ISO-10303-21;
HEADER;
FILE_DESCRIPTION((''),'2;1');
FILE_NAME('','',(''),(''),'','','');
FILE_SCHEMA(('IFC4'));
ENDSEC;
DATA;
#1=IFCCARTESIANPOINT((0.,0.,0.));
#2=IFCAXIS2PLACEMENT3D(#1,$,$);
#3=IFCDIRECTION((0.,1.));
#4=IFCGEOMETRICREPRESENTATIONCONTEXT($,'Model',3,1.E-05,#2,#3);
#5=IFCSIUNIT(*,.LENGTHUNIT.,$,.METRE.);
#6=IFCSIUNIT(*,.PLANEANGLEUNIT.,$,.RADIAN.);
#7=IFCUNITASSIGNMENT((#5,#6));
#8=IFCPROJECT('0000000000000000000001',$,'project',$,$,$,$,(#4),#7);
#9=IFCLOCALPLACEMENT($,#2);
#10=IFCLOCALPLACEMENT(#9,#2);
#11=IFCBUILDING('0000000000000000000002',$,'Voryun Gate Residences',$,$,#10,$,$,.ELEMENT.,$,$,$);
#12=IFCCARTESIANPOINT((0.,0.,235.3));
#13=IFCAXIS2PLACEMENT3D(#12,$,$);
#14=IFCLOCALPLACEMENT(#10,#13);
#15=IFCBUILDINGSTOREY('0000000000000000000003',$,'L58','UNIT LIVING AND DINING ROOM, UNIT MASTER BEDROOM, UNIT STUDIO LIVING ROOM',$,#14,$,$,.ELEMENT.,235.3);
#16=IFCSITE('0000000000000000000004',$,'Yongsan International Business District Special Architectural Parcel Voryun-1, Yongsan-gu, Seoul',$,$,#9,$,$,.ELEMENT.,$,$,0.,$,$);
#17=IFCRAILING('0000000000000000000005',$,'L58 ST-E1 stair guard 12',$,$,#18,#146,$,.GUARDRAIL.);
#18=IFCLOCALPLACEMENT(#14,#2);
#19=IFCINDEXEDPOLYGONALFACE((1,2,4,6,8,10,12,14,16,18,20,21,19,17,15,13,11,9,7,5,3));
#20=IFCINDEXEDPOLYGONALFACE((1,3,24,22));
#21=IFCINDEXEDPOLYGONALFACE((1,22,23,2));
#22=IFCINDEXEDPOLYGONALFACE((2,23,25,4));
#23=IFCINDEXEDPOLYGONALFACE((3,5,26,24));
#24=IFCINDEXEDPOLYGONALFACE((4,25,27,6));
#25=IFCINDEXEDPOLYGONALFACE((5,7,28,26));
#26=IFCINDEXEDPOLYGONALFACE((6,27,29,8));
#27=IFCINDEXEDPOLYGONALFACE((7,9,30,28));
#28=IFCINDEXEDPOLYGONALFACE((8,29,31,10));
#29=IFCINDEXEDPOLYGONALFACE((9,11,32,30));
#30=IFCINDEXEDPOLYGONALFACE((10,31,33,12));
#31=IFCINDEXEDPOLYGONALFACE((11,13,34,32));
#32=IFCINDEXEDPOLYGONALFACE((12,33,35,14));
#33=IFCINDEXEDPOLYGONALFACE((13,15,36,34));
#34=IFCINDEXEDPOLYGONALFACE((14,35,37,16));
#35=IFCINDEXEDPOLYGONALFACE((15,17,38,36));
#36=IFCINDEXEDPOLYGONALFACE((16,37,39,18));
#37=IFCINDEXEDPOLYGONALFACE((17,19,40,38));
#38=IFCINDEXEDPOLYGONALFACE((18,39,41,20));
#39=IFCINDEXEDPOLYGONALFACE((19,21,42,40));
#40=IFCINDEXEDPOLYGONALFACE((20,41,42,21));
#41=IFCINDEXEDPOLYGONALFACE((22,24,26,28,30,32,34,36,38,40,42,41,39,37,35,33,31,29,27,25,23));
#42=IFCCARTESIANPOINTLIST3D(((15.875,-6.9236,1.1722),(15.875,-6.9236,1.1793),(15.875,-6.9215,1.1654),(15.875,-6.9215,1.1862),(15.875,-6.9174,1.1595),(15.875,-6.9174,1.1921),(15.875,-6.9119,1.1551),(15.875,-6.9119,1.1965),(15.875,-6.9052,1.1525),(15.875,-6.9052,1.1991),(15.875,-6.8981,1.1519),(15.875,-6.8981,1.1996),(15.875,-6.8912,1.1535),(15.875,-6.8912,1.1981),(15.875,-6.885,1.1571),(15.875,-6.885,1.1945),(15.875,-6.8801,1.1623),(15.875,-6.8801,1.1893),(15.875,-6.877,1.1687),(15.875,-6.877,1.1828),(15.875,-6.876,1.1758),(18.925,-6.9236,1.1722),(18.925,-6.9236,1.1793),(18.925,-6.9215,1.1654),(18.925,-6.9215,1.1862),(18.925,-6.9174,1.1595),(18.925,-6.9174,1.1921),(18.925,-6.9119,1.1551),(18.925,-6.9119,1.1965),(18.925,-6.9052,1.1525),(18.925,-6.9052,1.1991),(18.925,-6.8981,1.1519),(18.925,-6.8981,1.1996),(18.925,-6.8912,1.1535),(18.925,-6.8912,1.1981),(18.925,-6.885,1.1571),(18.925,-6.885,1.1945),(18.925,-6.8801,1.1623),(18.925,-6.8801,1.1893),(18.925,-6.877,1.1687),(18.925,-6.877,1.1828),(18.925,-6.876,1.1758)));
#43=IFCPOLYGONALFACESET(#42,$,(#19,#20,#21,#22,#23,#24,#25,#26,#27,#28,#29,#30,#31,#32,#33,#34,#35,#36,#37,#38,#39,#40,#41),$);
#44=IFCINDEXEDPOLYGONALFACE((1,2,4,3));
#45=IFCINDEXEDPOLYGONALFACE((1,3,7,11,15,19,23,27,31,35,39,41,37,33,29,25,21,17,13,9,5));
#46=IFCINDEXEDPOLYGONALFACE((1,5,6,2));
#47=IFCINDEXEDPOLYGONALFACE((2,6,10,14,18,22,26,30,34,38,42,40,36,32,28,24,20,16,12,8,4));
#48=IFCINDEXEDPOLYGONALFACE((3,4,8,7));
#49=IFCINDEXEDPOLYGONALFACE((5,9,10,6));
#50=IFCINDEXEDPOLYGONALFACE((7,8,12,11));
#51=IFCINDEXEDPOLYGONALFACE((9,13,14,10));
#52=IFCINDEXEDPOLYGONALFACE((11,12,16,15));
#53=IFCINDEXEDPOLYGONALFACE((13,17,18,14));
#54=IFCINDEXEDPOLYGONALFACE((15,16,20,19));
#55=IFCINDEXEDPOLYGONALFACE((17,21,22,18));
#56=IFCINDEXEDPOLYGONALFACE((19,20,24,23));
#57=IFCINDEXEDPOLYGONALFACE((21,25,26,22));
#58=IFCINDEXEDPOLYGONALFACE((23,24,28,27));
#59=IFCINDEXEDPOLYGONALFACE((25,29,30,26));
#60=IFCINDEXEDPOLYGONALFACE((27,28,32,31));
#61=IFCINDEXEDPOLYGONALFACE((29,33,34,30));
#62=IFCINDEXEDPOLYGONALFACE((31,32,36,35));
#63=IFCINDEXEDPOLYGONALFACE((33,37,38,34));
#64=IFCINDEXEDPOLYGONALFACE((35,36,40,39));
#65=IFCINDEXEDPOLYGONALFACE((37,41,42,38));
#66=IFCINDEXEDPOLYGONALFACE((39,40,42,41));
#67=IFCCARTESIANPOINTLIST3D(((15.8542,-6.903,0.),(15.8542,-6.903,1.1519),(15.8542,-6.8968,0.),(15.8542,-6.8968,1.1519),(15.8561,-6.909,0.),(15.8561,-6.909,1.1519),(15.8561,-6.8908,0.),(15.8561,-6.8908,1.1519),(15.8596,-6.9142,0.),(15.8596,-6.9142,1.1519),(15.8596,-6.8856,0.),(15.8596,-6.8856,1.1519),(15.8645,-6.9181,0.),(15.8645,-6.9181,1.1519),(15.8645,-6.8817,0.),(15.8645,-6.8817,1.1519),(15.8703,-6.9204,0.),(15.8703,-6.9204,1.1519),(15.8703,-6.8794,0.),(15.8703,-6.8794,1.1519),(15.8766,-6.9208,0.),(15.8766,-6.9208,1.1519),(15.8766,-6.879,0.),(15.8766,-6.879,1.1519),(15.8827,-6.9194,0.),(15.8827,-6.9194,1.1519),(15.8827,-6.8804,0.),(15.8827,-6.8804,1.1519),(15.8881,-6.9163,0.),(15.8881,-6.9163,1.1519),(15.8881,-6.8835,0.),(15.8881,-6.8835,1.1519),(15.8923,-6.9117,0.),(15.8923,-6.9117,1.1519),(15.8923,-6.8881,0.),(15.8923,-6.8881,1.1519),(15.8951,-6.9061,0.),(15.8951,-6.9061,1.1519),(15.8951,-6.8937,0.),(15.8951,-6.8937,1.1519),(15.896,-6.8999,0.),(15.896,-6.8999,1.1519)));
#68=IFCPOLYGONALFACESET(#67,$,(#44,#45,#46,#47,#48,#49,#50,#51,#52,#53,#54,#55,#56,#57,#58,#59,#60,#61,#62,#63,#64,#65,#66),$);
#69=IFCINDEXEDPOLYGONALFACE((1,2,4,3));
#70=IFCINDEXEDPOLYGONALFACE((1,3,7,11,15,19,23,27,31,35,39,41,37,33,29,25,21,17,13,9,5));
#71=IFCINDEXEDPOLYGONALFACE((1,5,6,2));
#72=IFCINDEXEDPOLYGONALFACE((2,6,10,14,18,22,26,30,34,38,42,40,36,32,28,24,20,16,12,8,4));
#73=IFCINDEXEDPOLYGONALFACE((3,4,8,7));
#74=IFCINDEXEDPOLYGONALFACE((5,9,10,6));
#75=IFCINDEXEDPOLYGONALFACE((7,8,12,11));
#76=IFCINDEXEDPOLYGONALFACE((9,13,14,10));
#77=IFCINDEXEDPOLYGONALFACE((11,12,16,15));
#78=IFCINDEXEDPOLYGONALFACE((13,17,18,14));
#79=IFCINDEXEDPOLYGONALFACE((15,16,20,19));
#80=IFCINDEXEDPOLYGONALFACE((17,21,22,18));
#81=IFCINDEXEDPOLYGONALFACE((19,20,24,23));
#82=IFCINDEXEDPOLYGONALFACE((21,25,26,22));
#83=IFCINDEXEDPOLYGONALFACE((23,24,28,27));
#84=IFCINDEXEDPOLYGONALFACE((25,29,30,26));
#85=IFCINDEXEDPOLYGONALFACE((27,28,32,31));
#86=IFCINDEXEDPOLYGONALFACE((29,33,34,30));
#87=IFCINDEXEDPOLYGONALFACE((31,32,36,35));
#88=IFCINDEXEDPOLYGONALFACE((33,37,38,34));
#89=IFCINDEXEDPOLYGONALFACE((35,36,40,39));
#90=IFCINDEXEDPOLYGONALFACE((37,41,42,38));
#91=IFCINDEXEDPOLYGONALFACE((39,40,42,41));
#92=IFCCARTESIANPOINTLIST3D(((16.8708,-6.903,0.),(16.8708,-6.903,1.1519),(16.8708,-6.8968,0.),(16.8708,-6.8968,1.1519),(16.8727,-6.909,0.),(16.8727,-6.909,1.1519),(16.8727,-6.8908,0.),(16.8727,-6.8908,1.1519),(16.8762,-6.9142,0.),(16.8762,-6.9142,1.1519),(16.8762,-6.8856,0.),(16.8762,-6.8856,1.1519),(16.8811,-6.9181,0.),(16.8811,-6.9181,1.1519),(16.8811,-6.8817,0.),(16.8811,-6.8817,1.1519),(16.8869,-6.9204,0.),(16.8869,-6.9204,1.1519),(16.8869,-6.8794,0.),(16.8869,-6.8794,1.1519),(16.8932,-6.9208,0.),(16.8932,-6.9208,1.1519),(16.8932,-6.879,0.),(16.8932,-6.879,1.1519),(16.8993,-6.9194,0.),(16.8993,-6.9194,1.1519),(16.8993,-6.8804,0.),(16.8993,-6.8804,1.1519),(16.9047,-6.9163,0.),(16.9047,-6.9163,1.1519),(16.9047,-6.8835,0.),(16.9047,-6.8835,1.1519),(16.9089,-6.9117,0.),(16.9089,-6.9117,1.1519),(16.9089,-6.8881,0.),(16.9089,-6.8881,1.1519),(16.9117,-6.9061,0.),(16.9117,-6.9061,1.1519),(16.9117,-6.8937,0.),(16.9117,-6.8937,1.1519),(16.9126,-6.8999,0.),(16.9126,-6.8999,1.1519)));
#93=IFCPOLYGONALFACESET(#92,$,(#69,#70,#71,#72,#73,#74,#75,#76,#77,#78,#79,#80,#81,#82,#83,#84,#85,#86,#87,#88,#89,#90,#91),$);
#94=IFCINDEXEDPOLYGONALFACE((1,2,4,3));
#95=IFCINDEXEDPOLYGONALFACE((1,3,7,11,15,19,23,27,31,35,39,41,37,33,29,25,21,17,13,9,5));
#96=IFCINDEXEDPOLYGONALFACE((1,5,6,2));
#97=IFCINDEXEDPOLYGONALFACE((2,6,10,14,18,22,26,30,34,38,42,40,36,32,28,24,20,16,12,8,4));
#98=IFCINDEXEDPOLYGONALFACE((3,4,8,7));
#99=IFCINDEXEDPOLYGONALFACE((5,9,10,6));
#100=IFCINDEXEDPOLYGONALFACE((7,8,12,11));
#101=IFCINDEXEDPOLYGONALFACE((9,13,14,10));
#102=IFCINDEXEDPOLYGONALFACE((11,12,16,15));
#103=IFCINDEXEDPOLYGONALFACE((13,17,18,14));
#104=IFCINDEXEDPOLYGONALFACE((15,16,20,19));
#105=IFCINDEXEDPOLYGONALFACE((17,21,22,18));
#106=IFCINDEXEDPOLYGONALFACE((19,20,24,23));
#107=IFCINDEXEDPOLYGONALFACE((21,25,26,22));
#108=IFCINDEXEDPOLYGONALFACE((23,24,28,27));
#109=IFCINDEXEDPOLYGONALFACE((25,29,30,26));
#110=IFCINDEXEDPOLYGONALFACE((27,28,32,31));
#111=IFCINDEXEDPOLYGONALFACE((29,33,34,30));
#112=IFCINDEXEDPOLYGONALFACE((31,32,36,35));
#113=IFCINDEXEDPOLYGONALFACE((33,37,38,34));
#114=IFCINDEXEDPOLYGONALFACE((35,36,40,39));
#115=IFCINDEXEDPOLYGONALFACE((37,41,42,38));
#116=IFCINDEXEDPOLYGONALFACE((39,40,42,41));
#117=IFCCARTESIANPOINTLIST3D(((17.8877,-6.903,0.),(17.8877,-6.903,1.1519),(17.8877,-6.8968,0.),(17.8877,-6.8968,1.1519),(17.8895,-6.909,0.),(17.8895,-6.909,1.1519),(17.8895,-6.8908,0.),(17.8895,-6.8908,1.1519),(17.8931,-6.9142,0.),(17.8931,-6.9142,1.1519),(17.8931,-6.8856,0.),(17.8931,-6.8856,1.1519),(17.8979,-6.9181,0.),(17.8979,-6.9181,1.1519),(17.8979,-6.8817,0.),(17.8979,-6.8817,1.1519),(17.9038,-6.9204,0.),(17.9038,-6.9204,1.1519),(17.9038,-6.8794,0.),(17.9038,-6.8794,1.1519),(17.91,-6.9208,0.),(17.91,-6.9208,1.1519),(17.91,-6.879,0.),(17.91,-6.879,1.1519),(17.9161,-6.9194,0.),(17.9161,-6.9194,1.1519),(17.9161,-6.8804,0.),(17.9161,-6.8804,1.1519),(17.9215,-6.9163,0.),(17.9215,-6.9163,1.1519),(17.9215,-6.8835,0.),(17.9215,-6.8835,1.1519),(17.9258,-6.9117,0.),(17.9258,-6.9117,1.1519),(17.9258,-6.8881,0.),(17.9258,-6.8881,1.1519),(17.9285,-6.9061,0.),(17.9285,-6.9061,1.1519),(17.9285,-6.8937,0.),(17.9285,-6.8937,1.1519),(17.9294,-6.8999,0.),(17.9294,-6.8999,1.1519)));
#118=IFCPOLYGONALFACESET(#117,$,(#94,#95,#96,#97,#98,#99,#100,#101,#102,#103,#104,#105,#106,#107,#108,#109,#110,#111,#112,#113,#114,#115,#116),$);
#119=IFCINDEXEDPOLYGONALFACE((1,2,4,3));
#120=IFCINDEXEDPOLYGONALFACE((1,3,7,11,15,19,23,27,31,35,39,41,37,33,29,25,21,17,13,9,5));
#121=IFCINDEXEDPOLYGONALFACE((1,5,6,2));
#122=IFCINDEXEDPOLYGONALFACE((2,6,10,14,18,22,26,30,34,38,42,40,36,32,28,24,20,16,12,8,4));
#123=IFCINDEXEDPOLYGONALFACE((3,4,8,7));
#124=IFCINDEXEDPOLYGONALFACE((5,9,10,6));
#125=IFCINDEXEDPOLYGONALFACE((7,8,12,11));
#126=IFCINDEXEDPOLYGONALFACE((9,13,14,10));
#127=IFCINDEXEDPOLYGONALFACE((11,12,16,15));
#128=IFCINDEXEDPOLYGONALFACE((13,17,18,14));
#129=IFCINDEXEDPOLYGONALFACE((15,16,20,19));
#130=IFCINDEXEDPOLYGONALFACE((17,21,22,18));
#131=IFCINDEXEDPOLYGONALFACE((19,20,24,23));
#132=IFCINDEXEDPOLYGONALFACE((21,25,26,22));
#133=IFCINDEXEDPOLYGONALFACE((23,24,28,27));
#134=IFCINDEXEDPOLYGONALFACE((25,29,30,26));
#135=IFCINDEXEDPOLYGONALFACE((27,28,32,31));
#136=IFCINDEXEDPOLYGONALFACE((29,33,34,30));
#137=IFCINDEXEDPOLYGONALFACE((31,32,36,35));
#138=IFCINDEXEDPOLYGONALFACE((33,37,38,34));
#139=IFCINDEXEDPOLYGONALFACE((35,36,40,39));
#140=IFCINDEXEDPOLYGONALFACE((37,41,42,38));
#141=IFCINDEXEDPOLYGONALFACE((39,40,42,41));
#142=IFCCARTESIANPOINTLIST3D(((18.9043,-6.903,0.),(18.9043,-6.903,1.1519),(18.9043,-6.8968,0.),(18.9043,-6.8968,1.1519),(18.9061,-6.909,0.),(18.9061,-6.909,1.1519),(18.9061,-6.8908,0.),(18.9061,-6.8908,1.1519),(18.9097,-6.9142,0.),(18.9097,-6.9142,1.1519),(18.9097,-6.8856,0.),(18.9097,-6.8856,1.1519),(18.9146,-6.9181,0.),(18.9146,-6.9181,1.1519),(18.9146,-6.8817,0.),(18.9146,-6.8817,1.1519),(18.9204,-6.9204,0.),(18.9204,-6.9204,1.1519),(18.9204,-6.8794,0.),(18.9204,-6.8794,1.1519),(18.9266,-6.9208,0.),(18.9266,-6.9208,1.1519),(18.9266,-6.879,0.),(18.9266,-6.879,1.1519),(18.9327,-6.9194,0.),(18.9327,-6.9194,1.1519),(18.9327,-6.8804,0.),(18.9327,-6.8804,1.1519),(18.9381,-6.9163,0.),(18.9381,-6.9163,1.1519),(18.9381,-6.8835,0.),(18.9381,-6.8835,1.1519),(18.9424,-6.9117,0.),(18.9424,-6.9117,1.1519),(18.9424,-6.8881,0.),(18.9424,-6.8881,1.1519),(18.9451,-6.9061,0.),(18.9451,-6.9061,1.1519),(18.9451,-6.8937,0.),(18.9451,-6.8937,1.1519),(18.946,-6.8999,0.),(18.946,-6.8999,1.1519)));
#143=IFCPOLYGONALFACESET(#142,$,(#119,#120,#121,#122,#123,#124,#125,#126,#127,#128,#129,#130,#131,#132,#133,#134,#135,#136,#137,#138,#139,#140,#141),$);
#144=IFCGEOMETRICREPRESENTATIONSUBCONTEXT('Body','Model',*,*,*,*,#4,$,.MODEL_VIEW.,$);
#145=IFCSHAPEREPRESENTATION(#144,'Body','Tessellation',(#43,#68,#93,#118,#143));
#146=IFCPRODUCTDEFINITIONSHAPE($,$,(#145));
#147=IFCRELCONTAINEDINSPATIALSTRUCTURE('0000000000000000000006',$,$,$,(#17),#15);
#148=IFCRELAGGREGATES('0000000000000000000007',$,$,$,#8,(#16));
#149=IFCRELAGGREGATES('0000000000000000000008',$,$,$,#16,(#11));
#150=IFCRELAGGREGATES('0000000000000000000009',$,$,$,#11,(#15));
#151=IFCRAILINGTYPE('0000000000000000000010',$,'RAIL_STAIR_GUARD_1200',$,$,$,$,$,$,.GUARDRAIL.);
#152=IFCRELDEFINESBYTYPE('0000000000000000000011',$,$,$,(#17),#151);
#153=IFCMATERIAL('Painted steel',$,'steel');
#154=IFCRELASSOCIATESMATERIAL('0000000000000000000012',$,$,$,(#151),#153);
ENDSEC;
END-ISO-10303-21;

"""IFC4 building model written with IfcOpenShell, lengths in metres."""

from ifc_helpers import new_model, si_unit, direction, frame, origin, origin_2d, place, context, subcontext, project, spatial, circle, extrude, material, type_object, element, save


model = new_model("IFC4")

# Units and contexts
model_context = context("Model", 3, precision=1e-05, world=origin(), true_north=direction((0.0, 1.0)))
body_context = subcontext(model_context, "Body", "Model", "MODEL_VIEW")
ifc_project = project(units=[si_unit("LENGTHUNIT", "METRE"), si_unit("PLANEANGLEUNIT", "RADIAN")], contexts=[model_context])

# Site, building, storey
site_placement = place(None, origin())
site = spatial("IfcSite", under=ifc_project, at=site_placement, Name="Yongsan International Business District Special Architectural Parcel Voryun-1, Yongsan-gu, Seoul", CompositionType="ELEMENT", RefElevation=0.0)
building_placement = place(site_placement, origin())
building = spatial("IfcBuilding", under=site, at=building_placement, Name="Voryun Gate Residences", CompositionType="ELEMENT")
storey_placement = place(building_placement, frame((0.0, 0.0, 235.3)))
storey = spatial("IfcBuildingStorey", under=building, at=storey_placement, Name="L58", Description="UNIT LIVING AND DINING ROOM, UNIT MASTER BEDROOM, UNIT STUDIO LIVING ROOM", CompositionType="ELEMENT", Elevation=235.3)

# Railing
ifc_material_1 = material(Name="Painted steel", Category="steel")
railing_type_1 = type_object("IfcRailingType", Name="RAIL_STAIR_GUARD_1200", PredefinedType="GUARDRAIL", material=ifc_material_1)
railing_1_placement = place(storey_placement, frame((15.875, -6.8999, 0.0)))
element("IfcRailing", 1, at=railing_1_placement, inside=storey, type_object=railing_type_1, Name="L58 ST-E1 stair guard 12", PredefinedType="GUARDRAIL", context=body_context, shape_type="SweptSolid", body=[
    extrude(circle(Radius=0.0239, at=origin_2d()), frame((0.0, 0.0, 1.1758), z_axis=(1.0, 0.0, 0.0), x_axis=(0.0, 1.0, 0.0)), (0.0, 0.0, 1.0), 3.05),
    extrude(circle(Radius=0.021, at=origin_2d()), origin(), (0.0, 0.0, 1.0), 1.1519),
    extrude(circle(Radius=0.021, at=origin_2d()), frame((1.0166, 0.0, 0.0)), (0.0, 0.0, 1.0), 1.1519),
    extrude(circle(Radius=0.021, at=origin_2d()), frame((2.0334, 0.0, 0.0)), (0.0, 0.0, 1.0), 1.1519),
    extrude(circle(Radius=0.021, at=origin_2d()), frame((3.05, 0.0, 0.0)), (0.0, 0.0, 1.0), 1.1519),
])

save(model, "model.ifc")
